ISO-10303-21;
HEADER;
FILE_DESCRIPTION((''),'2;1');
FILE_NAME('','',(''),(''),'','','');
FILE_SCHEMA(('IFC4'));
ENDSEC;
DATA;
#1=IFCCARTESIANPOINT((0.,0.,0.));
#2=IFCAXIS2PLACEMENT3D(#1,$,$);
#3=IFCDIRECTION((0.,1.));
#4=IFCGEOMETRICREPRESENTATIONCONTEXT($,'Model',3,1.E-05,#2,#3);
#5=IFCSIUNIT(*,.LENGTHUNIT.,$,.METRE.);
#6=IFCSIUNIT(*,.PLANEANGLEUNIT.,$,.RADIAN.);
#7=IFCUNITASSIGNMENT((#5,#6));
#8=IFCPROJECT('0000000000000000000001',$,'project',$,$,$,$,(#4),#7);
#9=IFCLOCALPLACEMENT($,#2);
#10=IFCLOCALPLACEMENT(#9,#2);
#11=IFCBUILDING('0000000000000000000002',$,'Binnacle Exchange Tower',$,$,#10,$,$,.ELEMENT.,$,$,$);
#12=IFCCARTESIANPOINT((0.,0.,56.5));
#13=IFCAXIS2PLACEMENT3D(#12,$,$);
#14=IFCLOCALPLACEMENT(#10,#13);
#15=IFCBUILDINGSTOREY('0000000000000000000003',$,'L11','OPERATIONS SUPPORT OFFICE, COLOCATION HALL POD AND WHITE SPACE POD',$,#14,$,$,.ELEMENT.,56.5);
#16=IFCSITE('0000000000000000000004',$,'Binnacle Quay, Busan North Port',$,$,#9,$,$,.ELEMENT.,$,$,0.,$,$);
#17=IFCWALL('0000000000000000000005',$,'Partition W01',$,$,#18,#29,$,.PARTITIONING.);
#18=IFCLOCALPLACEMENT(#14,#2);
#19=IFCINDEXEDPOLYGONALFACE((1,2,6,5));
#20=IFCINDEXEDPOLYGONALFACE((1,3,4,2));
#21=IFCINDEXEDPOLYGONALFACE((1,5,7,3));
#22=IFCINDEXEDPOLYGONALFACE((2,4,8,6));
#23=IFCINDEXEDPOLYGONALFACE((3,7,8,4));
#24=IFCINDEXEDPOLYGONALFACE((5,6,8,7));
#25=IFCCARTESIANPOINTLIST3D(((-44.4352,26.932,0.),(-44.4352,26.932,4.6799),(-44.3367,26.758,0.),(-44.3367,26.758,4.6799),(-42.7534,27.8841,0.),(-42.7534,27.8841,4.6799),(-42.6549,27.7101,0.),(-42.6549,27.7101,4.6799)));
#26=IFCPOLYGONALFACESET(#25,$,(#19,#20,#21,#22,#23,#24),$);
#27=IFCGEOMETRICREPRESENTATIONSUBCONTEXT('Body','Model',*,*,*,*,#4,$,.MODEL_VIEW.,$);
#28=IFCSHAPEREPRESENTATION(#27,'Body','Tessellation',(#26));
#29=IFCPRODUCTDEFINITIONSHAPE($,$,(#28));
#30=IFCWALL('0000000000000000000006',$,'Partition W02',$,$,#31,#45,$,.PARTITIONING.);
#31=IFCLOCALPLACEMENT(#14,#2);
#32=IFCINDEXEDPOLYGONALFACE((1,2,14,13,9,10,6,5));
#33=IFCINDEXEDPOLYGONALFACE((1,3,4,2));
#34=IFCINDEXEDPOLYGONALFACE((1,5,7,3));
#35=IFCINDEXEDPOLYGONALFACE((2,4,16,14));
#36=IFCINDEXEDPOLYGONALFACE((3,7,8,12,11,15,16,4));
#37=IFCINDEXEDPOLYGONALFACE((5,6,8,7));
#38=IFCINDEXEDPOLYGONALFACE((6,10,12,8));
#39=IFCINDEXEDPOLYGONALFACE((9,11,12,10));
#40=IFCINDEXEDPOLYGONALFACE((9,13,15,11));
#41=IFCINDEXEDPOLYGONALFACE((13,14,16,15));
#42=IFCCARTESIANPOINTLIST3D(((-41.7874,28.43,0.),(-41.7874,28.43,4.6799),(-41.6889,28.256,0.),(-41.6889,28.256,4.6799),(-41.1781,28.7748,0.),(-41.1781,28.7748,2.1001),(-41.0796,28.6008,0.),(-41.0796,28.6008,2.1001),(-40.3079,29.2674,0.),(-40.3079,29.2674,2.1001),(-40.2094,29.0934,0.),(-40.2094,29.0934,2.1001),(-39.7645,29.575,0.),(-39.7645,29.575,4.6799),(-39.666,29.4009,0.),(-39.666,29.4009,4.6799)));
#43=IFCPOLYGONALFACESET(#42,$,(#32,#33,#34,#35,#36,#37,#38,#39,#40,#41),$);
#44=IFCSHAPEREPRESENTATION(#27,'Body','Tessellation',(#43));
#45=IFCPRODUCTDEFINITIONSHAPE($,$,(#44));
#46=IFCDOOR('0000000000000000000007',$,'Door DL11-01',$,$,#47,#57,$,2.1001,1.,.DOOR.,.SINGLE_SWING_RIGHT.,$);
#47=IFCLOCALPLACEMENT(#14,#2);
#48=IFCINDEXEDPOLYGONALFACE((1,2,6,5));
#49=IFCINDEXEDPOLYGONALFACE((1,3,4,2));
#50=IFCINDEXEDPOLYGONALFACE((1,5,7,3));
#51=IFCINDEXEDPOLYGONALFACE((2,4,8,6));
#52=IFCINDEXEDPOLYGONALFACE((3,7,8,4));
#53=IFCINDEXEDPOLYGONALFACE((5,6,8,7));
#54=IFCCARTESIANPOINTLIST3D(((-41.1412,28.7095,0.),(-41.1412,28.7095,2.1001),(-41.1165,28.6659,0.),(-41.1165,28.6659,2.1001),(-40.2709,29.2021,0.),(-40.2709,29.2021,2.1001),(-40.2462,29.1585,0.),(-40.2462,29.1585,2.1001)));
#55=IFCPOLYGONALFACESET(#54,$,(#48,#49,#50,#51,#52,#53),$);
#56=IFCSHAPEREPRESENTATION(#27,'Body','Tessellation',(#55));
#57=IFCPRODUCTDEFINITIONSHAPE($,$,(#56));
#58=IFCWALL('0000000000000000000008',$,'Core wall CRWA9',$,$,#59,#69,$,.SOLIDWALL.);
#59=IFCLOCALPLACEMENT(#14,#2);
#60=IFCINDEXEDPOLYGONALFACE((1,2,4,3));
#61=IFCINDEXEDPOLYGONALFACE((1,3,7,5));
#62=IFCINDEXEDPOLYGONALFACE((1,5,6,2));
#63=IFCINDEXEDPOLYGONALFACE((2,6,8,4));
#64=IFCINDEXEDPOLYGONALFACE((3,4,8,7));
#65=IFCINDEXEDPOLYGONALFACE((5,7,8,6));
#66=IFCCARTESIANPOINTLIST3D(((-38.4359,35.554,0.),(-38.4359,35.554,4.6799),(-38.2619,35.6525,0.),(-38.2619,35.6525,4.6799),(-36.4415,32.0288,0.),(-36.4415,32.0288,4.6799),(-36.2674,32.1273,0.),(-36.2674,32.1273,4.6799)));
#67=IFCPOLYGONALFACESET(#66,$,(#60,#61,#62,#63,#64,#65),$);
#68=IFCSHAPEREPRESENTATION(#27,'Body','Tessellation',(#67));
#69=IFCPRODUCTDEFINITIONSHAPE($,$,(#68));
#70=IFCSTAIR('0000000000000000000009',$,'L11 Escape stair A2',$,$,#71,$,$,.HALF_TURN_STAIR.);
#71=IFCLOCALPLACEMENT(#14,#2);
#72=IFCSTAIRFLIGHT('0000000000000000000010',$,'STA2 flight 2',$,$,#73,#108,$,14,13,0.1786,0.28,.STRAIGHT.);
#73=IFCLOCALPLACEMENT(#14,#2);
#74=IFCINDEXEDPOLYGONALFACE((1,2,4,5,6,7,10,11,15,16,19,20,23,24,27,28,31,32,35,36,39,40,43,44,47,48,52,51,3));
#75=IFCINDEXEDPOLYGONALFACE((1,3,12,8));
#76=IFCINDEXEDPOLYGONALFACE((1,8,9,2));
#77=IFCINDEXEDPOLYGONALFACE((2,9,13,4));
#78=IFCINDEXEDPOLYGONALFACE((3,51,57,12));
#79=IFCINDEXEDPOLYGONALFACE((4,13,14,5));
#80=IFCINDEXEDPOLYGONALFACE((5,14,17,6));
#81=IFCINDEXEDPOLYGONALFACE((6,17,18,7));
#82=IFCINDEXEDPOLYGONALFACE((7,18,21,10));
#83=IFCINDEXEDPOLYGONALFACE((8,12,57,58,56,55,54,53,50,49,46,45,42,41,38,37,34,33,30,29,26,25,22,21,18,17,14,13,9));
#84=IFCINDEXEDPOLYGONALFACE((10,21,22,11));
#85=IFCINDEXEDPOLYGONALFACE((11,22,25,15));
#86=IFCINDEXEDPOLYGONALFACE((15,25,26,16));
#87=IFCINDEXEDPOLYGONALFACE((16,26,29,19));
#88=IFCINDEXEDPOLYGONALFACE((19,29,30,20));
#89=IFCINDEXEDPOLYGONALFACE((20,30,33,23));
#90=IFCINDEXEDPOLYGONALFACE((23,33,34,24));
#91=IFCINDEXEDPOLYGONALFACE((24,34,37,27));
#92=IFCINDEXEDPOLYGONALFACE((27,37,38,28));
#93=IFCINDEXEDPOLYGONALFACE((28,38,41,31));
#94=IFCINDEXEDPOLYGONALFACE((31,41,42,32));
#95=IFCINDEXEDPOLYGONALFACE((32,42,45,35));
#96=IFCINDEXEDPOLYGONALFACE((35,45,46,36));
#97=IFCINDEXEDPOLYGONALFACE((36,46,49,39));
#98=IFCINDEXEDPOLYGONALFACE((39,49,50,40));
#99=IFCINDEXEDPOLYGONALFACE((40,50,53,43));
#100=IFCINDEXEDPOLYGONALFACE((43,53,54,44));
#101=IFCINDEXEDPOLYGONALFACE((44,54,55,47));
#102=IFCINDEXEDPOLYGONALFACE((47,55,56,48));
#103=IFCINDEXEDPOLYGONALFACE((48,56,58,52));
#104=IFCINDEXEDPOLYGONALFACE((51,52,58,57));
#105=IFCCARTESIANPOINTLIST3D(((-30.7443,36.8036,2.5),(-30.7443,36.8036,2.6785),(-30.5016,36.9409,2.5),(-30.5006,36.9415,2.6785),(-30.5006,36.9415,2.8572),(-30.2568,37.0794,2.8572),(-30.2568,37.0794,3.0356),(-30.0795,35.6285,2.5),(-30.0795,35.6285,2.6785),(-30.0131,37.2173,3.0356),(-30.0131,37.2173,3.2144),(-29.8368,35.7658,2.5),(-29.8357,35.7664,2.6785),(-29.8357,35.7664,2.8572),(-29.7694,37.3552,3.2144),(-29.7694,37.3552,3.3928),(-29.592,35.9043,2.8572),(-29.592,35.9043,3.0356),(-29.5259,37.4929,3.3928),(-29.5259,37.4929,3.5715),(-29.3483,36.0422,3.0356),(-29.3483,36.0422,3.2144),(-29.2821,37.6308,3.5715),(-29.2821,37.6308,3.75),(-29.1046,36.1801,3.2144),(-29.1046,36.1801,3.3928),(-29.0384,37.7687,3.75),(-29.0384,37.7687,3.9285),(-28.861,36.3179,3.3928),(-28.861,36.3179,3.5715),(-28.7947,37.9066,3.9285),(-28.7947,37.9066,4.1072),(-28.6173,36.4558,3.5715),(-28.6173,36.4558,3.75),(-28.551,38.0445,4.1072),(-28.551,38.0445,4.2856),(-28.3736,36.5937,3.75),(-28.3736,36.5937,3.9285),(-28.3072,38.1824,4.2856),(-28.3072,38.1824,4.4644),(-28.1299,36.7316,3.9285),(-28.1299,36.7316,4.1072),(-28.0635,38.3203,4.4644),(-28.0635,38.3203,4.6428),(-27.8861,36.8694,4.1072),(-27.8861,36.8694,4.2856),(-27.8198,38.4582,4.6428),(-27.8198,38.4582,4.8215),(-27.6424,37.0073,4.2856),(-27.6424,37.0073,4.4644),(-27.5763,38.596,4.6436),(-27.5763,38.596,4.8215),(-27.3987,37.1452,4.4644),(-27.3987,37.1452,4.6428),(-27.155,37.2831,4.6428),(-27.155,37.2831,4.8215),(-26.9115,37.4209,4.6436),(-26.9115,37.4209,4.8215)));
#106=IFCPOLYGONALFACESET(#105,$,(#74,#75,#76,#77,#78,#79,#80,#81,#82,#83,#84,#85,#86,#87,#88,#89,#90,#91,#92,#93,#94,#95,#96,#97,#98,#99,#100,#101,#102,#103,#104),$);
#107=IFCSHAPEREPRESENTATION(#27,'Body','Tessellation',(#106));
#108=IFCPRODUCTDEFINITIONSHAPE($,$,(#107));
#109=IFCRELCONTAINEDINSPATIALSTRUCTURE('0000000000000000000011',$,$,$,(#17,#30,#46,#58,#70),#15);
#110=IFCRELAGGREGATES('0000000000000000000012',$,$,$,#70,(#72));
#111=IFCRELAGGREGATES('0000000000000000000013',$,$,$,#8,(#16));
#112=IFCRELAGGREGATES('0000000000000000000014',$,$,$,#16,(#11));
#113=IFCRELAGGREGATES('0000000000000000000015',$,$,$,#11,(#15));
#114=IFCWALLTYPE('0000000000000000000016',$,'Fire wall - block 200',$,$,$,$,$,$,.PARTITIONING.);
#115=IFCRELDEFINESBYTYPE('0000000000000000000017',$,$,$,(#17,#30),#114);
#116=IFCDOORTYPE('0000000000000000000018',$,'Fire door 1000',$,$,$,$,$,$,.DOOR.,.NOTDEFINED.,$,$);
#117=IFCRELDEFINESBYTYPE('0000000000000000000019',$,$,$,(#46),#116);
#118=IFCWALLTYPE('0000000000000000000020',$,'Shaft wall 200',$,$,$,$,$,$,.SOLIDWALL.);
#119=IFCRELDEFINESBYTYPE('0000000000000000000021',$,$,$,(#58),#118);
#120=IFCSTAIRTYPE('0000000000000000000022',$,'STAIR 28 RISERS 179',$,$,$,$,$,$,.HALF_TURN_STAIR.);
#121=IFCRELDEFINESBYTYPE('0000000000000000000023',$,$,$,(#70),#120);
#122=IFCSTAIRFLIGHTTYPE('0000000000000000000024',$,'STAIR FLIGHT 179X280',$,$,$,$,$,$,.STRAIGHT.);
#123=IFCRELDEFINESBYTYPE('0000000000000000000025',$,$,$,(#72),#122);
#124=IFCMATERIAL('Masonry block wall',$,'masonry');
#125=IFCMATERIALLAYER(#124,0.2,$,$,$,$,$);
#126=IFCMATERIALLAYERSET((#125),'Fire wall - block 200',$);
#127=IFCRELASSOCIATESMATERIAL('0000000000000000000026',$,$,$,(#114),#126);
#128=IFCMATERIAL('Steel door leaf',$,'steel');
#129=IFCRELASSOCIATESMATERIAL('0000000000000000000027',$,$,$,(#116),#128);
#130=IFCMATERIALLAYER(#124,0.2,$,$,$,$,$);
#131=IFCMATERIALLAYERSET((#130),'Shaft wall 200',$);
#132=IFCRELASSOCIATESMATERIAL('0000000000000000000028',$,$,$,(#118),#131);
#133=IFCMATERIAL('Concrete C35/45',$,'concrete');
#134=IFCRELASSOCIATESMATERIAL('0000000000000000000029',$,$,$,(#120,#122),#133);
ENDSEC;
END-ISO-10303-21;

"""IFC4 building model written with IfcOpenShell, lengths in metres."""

from ifc_helpers import new_model, si_unit, direction, frame, frame_2d, origin, place, context, subcontext, project, spatial, polyline, rectangle, outline, extrude, material, layer, layer_set, type_object, element, fill, aggregate, save


model = new_model("IFC4")

# Units and contexts
model_context = context("Model", 3, precision=1e-05, world=origin(), true_north=direction((0.0, 1.0)))
body_context = subcontext(model_context, "Body", "Model", "MODEL_VIEW")
ifc_project = project(units=[si_unit("LENGTHUNIT", "METRE"), si_unit("PLANEANGLEUNIT", "RADIAN")], contexts=[model_context])

# Site, building, storey
site_placement = place(None, origin())
site = spatial("IfcSite", under=ifc_project, at=site_placement, Name="Binnacle Quay, Busan North Port", CompositionType="ELEMENT", RefElevation=0.0)
building_placement = place(site_placement, origin())
building = spatial("IfcBuilding", under=site, at=building_placement, Name="Binnacle Exchange Tower", CompositionType="ELEMENT")
storey_placement = place(building_placement, frame((0.0, 0.0, 56.5)))
storey = spatial("IfcBuildingStorey", under=building, at=storey_placement, Name="L11", Description="OPERATIONS SUPPORT OFFICE, COLOCATION HALL POD AND WHITE SPACE POD", CompositionType="ELEMENT", Elevation=56.5)

# Shared definitions
ifc_material_1 = material(Name="Steel door leaf", Category="steel")

# Wall
ifc_material_2 = material(Name="Masonry block wall", Category="masonry")
ifc_layer_1 = layer(ifc_material_2, 0.2)
ifc_layer_set_1 = layer_set([ifc_layer_1], Name="Fire wall - block 200")
wall_type_1 = type_object("IfcWallType", Name="Fire wall - block 200", PredefinedType="PARTITIONING", material=ifc_layer_set_1)
wall_1_placement = place(storey_placement, frame((-44.386, 26.845, 0.0), z_axis=(0.0, 0.0, 1.0), x_axis=(0.870226, 0.492652, 0.0)))
element("IfcWall", 1, at=wall_1_placement, inside=storey, type_object=wall_type_1, Name="Partition W01", PredefinedType="PARTITIONING", context=body_context, shape_type="SweptSolid", body=[
    extrude(rectangle(XDim=1.9326, YDim=0.2, at=frame_2d((0.9663, 0.0))), origin(), (0.0, 0.0, 1.0), 4.6799),
])

# Wall, opening, door
wall_2_placement = place(storey_placement, frame((-41.738, 28.343, 0.0), z_axis=(0.0, 0.0, 1.0), x_axis=(0.870265, 0.492583, 0.0)))
wall_2 = element("IfcWall", 2, at=wall_2_placement, inside=storey, type_object=wall_type_1, Name="Partition W02", PredefinedType="PARTITIONING", context=body_context, shape_type="SweptSolid", body=[
    extrude(rectangle(XDim=2.3245, YDim=0.2, at=frame_2d((1.1621, 0.0))), origin(), (0.0, 0.0, 1.0), 4.6799),
])
opening_1_placement = place(wall_2_placement, frame((0.7, 0.0, 0.0)))
opening_1 = element("IfcOpeningElement", 3, at=opening_1_placement, cuts=wall_2, PredefinedType="OPENING", context=body_context, shape_type="SweptSolid", body=[
    extrude(rectangle(XDim=1.0, YDim=2.1001, at=frame_2d((0.5, 1.05))), frame((0.0, 0.1099, 0.0), z_axis=(0.0, -1.0, 0.0), x_axis=(1.0, 0.0, 0.0)), (0.0, 0.0, 1.0), 0.22),
])
door_type_1 = type_object("IfcDoorType", Name="Fire door 1000", OperationType="NOTDEFINED", PredefinedType="DOOR", material=ifc_material_1)
door_1_placement = place(opening_1_placement, origin())
door_1 = element("IfcDoor", 4, at=door_1_placement, inside=storey, type_object=door_type_1, Name="Door DL11-01", OperationType="SINGLE_SWING_RIGHT", OverallHeight=2.1001, OverallWidth=1.0, PredefinedType="DOOR", context=body_context, shape_type="SweptSolid", body=[
    extrude(rectangle(XDim=1.0, YDim=2.1001, at=frame_2d((0.5, 1.05))), frame((0.0, 0.0249, 0.0), z_axis=(0.0, -1.0, 0.0), x_axis=(1.0, 0.0, 0.0)), (0.0, 0.0, 1.0), 0.05),
])
fill(opening_1, door_1)

# Wall
ifc_layer_2 = layer(ifc_material_2, 0.2)
ifc_layer_set_2 = layer_set([ifc_layer_2], Name="Shaft wall 200")
wall_type_2 = type_object("IfcWallType", Name="Shaft wall 200", PredefinedType="SOLIDWALL", material=ifc_layer_set_2)
wall_3_placement = place(storey_placement, frame((-38.3489, 35.6033, 0.0), z_axis=(0.0, 0.0, 1.0), x_axis=(0.492415, -0.870361, 0.0)))
element("IfcWall", 5, at=wall_3_placement, inside=storey, type_object=wall_type_2, Name="Core wall CRWA9", PredefinedType="SOLIDWALL", context=body_context, shape_type="SweptSolid", body=[
    extrude(rectangle(XDim=4.0503, YDim=0.2, at=frame_2d((2.0251, 0.0))), origin(), (0.0, 0.0, 1.0), 4.6799),
])

# Stair, stair flight
ifc_material_3 = material(Name="Concrete C35/45", Category="concrete")
stair_type = type_object("IfcStairType", Name="STAIR 28 RISERS 179", PredefinedType="HALF_TURN_STAIR", material=ifc_material_3)
stair_placement = place(storey_placement, origin())
stair = element("IfcStair", 6, at=stair_placement, inside=storey, type_object=stair_type, Name="L11 Escape stair A2", PredefinedType="HALF_TURN_STAIR")
stair_flight_type = type_object("IfcStairFlightType", Name="STAIR FLIGHT 179X280", PredefinedType="STRAIGHT", material=ifc_material_3)
stair_flight_placement = place(storey_placement, frame((-30.4119, 36.2161, 2.5), z_axis=(0.0, 0.0, 1.0), x_axis=(0.870356, 0.492424, 0.0)))
stair_flight = element("IfcStairFlight", 7, at=stair_flight_placement, type_object=stair_flight_type, Name="STA2 flight 2", NumberOfRisers=14, NumberOfTreads=13, PredefinedType="STRAIGHT", RiserHeight=0.1786, TreadLength=0.28, context=body_context, shape_type="SweptSolid", body=[
    extrude(outline(polyline([(0.0, 0.0), (0.0, 0.1785), (0.28, 0.1785), (0.28, 0.3572), (0.5601, 0.3572), (0.5601, 0.5356), (0.8401, 0.5356), (0.8401, 0.7144), (1.1201, 0.7144), (1.1201, 0.8928), (1.3999, 0.8928), (1.3999, 1.0715), (1.6799, 1.0715), (1.6799, 1.25), (1.96, 1.25), (1.96, 1.4285), (2.24, 1.4285), (2.24, 1.6072), (2.52, 1.6072), (2.52, 1.7856), (2.8, 1.7856), (2.8, 1.9644), (3.0801, 1.9644), (3.0801, 2.1428), (3.3601, 2.1428), (3.3601, 2.3215), (3.6399, 2.3215), (3.6399, 2.5), (3.6399, 2.1436), (0.2788, 0.0), (0.0, 0.0)])), frame((0.0, 0.675, 0.0), z_axis=(0.0, -1.0, 0.0), x_axis=(1.0, 0.0, 0.0)), (0.0, 0.0, 1.0), 1.3501),
])
aggregate(stair, [stair_flight])

save(model, "model.ifc")
